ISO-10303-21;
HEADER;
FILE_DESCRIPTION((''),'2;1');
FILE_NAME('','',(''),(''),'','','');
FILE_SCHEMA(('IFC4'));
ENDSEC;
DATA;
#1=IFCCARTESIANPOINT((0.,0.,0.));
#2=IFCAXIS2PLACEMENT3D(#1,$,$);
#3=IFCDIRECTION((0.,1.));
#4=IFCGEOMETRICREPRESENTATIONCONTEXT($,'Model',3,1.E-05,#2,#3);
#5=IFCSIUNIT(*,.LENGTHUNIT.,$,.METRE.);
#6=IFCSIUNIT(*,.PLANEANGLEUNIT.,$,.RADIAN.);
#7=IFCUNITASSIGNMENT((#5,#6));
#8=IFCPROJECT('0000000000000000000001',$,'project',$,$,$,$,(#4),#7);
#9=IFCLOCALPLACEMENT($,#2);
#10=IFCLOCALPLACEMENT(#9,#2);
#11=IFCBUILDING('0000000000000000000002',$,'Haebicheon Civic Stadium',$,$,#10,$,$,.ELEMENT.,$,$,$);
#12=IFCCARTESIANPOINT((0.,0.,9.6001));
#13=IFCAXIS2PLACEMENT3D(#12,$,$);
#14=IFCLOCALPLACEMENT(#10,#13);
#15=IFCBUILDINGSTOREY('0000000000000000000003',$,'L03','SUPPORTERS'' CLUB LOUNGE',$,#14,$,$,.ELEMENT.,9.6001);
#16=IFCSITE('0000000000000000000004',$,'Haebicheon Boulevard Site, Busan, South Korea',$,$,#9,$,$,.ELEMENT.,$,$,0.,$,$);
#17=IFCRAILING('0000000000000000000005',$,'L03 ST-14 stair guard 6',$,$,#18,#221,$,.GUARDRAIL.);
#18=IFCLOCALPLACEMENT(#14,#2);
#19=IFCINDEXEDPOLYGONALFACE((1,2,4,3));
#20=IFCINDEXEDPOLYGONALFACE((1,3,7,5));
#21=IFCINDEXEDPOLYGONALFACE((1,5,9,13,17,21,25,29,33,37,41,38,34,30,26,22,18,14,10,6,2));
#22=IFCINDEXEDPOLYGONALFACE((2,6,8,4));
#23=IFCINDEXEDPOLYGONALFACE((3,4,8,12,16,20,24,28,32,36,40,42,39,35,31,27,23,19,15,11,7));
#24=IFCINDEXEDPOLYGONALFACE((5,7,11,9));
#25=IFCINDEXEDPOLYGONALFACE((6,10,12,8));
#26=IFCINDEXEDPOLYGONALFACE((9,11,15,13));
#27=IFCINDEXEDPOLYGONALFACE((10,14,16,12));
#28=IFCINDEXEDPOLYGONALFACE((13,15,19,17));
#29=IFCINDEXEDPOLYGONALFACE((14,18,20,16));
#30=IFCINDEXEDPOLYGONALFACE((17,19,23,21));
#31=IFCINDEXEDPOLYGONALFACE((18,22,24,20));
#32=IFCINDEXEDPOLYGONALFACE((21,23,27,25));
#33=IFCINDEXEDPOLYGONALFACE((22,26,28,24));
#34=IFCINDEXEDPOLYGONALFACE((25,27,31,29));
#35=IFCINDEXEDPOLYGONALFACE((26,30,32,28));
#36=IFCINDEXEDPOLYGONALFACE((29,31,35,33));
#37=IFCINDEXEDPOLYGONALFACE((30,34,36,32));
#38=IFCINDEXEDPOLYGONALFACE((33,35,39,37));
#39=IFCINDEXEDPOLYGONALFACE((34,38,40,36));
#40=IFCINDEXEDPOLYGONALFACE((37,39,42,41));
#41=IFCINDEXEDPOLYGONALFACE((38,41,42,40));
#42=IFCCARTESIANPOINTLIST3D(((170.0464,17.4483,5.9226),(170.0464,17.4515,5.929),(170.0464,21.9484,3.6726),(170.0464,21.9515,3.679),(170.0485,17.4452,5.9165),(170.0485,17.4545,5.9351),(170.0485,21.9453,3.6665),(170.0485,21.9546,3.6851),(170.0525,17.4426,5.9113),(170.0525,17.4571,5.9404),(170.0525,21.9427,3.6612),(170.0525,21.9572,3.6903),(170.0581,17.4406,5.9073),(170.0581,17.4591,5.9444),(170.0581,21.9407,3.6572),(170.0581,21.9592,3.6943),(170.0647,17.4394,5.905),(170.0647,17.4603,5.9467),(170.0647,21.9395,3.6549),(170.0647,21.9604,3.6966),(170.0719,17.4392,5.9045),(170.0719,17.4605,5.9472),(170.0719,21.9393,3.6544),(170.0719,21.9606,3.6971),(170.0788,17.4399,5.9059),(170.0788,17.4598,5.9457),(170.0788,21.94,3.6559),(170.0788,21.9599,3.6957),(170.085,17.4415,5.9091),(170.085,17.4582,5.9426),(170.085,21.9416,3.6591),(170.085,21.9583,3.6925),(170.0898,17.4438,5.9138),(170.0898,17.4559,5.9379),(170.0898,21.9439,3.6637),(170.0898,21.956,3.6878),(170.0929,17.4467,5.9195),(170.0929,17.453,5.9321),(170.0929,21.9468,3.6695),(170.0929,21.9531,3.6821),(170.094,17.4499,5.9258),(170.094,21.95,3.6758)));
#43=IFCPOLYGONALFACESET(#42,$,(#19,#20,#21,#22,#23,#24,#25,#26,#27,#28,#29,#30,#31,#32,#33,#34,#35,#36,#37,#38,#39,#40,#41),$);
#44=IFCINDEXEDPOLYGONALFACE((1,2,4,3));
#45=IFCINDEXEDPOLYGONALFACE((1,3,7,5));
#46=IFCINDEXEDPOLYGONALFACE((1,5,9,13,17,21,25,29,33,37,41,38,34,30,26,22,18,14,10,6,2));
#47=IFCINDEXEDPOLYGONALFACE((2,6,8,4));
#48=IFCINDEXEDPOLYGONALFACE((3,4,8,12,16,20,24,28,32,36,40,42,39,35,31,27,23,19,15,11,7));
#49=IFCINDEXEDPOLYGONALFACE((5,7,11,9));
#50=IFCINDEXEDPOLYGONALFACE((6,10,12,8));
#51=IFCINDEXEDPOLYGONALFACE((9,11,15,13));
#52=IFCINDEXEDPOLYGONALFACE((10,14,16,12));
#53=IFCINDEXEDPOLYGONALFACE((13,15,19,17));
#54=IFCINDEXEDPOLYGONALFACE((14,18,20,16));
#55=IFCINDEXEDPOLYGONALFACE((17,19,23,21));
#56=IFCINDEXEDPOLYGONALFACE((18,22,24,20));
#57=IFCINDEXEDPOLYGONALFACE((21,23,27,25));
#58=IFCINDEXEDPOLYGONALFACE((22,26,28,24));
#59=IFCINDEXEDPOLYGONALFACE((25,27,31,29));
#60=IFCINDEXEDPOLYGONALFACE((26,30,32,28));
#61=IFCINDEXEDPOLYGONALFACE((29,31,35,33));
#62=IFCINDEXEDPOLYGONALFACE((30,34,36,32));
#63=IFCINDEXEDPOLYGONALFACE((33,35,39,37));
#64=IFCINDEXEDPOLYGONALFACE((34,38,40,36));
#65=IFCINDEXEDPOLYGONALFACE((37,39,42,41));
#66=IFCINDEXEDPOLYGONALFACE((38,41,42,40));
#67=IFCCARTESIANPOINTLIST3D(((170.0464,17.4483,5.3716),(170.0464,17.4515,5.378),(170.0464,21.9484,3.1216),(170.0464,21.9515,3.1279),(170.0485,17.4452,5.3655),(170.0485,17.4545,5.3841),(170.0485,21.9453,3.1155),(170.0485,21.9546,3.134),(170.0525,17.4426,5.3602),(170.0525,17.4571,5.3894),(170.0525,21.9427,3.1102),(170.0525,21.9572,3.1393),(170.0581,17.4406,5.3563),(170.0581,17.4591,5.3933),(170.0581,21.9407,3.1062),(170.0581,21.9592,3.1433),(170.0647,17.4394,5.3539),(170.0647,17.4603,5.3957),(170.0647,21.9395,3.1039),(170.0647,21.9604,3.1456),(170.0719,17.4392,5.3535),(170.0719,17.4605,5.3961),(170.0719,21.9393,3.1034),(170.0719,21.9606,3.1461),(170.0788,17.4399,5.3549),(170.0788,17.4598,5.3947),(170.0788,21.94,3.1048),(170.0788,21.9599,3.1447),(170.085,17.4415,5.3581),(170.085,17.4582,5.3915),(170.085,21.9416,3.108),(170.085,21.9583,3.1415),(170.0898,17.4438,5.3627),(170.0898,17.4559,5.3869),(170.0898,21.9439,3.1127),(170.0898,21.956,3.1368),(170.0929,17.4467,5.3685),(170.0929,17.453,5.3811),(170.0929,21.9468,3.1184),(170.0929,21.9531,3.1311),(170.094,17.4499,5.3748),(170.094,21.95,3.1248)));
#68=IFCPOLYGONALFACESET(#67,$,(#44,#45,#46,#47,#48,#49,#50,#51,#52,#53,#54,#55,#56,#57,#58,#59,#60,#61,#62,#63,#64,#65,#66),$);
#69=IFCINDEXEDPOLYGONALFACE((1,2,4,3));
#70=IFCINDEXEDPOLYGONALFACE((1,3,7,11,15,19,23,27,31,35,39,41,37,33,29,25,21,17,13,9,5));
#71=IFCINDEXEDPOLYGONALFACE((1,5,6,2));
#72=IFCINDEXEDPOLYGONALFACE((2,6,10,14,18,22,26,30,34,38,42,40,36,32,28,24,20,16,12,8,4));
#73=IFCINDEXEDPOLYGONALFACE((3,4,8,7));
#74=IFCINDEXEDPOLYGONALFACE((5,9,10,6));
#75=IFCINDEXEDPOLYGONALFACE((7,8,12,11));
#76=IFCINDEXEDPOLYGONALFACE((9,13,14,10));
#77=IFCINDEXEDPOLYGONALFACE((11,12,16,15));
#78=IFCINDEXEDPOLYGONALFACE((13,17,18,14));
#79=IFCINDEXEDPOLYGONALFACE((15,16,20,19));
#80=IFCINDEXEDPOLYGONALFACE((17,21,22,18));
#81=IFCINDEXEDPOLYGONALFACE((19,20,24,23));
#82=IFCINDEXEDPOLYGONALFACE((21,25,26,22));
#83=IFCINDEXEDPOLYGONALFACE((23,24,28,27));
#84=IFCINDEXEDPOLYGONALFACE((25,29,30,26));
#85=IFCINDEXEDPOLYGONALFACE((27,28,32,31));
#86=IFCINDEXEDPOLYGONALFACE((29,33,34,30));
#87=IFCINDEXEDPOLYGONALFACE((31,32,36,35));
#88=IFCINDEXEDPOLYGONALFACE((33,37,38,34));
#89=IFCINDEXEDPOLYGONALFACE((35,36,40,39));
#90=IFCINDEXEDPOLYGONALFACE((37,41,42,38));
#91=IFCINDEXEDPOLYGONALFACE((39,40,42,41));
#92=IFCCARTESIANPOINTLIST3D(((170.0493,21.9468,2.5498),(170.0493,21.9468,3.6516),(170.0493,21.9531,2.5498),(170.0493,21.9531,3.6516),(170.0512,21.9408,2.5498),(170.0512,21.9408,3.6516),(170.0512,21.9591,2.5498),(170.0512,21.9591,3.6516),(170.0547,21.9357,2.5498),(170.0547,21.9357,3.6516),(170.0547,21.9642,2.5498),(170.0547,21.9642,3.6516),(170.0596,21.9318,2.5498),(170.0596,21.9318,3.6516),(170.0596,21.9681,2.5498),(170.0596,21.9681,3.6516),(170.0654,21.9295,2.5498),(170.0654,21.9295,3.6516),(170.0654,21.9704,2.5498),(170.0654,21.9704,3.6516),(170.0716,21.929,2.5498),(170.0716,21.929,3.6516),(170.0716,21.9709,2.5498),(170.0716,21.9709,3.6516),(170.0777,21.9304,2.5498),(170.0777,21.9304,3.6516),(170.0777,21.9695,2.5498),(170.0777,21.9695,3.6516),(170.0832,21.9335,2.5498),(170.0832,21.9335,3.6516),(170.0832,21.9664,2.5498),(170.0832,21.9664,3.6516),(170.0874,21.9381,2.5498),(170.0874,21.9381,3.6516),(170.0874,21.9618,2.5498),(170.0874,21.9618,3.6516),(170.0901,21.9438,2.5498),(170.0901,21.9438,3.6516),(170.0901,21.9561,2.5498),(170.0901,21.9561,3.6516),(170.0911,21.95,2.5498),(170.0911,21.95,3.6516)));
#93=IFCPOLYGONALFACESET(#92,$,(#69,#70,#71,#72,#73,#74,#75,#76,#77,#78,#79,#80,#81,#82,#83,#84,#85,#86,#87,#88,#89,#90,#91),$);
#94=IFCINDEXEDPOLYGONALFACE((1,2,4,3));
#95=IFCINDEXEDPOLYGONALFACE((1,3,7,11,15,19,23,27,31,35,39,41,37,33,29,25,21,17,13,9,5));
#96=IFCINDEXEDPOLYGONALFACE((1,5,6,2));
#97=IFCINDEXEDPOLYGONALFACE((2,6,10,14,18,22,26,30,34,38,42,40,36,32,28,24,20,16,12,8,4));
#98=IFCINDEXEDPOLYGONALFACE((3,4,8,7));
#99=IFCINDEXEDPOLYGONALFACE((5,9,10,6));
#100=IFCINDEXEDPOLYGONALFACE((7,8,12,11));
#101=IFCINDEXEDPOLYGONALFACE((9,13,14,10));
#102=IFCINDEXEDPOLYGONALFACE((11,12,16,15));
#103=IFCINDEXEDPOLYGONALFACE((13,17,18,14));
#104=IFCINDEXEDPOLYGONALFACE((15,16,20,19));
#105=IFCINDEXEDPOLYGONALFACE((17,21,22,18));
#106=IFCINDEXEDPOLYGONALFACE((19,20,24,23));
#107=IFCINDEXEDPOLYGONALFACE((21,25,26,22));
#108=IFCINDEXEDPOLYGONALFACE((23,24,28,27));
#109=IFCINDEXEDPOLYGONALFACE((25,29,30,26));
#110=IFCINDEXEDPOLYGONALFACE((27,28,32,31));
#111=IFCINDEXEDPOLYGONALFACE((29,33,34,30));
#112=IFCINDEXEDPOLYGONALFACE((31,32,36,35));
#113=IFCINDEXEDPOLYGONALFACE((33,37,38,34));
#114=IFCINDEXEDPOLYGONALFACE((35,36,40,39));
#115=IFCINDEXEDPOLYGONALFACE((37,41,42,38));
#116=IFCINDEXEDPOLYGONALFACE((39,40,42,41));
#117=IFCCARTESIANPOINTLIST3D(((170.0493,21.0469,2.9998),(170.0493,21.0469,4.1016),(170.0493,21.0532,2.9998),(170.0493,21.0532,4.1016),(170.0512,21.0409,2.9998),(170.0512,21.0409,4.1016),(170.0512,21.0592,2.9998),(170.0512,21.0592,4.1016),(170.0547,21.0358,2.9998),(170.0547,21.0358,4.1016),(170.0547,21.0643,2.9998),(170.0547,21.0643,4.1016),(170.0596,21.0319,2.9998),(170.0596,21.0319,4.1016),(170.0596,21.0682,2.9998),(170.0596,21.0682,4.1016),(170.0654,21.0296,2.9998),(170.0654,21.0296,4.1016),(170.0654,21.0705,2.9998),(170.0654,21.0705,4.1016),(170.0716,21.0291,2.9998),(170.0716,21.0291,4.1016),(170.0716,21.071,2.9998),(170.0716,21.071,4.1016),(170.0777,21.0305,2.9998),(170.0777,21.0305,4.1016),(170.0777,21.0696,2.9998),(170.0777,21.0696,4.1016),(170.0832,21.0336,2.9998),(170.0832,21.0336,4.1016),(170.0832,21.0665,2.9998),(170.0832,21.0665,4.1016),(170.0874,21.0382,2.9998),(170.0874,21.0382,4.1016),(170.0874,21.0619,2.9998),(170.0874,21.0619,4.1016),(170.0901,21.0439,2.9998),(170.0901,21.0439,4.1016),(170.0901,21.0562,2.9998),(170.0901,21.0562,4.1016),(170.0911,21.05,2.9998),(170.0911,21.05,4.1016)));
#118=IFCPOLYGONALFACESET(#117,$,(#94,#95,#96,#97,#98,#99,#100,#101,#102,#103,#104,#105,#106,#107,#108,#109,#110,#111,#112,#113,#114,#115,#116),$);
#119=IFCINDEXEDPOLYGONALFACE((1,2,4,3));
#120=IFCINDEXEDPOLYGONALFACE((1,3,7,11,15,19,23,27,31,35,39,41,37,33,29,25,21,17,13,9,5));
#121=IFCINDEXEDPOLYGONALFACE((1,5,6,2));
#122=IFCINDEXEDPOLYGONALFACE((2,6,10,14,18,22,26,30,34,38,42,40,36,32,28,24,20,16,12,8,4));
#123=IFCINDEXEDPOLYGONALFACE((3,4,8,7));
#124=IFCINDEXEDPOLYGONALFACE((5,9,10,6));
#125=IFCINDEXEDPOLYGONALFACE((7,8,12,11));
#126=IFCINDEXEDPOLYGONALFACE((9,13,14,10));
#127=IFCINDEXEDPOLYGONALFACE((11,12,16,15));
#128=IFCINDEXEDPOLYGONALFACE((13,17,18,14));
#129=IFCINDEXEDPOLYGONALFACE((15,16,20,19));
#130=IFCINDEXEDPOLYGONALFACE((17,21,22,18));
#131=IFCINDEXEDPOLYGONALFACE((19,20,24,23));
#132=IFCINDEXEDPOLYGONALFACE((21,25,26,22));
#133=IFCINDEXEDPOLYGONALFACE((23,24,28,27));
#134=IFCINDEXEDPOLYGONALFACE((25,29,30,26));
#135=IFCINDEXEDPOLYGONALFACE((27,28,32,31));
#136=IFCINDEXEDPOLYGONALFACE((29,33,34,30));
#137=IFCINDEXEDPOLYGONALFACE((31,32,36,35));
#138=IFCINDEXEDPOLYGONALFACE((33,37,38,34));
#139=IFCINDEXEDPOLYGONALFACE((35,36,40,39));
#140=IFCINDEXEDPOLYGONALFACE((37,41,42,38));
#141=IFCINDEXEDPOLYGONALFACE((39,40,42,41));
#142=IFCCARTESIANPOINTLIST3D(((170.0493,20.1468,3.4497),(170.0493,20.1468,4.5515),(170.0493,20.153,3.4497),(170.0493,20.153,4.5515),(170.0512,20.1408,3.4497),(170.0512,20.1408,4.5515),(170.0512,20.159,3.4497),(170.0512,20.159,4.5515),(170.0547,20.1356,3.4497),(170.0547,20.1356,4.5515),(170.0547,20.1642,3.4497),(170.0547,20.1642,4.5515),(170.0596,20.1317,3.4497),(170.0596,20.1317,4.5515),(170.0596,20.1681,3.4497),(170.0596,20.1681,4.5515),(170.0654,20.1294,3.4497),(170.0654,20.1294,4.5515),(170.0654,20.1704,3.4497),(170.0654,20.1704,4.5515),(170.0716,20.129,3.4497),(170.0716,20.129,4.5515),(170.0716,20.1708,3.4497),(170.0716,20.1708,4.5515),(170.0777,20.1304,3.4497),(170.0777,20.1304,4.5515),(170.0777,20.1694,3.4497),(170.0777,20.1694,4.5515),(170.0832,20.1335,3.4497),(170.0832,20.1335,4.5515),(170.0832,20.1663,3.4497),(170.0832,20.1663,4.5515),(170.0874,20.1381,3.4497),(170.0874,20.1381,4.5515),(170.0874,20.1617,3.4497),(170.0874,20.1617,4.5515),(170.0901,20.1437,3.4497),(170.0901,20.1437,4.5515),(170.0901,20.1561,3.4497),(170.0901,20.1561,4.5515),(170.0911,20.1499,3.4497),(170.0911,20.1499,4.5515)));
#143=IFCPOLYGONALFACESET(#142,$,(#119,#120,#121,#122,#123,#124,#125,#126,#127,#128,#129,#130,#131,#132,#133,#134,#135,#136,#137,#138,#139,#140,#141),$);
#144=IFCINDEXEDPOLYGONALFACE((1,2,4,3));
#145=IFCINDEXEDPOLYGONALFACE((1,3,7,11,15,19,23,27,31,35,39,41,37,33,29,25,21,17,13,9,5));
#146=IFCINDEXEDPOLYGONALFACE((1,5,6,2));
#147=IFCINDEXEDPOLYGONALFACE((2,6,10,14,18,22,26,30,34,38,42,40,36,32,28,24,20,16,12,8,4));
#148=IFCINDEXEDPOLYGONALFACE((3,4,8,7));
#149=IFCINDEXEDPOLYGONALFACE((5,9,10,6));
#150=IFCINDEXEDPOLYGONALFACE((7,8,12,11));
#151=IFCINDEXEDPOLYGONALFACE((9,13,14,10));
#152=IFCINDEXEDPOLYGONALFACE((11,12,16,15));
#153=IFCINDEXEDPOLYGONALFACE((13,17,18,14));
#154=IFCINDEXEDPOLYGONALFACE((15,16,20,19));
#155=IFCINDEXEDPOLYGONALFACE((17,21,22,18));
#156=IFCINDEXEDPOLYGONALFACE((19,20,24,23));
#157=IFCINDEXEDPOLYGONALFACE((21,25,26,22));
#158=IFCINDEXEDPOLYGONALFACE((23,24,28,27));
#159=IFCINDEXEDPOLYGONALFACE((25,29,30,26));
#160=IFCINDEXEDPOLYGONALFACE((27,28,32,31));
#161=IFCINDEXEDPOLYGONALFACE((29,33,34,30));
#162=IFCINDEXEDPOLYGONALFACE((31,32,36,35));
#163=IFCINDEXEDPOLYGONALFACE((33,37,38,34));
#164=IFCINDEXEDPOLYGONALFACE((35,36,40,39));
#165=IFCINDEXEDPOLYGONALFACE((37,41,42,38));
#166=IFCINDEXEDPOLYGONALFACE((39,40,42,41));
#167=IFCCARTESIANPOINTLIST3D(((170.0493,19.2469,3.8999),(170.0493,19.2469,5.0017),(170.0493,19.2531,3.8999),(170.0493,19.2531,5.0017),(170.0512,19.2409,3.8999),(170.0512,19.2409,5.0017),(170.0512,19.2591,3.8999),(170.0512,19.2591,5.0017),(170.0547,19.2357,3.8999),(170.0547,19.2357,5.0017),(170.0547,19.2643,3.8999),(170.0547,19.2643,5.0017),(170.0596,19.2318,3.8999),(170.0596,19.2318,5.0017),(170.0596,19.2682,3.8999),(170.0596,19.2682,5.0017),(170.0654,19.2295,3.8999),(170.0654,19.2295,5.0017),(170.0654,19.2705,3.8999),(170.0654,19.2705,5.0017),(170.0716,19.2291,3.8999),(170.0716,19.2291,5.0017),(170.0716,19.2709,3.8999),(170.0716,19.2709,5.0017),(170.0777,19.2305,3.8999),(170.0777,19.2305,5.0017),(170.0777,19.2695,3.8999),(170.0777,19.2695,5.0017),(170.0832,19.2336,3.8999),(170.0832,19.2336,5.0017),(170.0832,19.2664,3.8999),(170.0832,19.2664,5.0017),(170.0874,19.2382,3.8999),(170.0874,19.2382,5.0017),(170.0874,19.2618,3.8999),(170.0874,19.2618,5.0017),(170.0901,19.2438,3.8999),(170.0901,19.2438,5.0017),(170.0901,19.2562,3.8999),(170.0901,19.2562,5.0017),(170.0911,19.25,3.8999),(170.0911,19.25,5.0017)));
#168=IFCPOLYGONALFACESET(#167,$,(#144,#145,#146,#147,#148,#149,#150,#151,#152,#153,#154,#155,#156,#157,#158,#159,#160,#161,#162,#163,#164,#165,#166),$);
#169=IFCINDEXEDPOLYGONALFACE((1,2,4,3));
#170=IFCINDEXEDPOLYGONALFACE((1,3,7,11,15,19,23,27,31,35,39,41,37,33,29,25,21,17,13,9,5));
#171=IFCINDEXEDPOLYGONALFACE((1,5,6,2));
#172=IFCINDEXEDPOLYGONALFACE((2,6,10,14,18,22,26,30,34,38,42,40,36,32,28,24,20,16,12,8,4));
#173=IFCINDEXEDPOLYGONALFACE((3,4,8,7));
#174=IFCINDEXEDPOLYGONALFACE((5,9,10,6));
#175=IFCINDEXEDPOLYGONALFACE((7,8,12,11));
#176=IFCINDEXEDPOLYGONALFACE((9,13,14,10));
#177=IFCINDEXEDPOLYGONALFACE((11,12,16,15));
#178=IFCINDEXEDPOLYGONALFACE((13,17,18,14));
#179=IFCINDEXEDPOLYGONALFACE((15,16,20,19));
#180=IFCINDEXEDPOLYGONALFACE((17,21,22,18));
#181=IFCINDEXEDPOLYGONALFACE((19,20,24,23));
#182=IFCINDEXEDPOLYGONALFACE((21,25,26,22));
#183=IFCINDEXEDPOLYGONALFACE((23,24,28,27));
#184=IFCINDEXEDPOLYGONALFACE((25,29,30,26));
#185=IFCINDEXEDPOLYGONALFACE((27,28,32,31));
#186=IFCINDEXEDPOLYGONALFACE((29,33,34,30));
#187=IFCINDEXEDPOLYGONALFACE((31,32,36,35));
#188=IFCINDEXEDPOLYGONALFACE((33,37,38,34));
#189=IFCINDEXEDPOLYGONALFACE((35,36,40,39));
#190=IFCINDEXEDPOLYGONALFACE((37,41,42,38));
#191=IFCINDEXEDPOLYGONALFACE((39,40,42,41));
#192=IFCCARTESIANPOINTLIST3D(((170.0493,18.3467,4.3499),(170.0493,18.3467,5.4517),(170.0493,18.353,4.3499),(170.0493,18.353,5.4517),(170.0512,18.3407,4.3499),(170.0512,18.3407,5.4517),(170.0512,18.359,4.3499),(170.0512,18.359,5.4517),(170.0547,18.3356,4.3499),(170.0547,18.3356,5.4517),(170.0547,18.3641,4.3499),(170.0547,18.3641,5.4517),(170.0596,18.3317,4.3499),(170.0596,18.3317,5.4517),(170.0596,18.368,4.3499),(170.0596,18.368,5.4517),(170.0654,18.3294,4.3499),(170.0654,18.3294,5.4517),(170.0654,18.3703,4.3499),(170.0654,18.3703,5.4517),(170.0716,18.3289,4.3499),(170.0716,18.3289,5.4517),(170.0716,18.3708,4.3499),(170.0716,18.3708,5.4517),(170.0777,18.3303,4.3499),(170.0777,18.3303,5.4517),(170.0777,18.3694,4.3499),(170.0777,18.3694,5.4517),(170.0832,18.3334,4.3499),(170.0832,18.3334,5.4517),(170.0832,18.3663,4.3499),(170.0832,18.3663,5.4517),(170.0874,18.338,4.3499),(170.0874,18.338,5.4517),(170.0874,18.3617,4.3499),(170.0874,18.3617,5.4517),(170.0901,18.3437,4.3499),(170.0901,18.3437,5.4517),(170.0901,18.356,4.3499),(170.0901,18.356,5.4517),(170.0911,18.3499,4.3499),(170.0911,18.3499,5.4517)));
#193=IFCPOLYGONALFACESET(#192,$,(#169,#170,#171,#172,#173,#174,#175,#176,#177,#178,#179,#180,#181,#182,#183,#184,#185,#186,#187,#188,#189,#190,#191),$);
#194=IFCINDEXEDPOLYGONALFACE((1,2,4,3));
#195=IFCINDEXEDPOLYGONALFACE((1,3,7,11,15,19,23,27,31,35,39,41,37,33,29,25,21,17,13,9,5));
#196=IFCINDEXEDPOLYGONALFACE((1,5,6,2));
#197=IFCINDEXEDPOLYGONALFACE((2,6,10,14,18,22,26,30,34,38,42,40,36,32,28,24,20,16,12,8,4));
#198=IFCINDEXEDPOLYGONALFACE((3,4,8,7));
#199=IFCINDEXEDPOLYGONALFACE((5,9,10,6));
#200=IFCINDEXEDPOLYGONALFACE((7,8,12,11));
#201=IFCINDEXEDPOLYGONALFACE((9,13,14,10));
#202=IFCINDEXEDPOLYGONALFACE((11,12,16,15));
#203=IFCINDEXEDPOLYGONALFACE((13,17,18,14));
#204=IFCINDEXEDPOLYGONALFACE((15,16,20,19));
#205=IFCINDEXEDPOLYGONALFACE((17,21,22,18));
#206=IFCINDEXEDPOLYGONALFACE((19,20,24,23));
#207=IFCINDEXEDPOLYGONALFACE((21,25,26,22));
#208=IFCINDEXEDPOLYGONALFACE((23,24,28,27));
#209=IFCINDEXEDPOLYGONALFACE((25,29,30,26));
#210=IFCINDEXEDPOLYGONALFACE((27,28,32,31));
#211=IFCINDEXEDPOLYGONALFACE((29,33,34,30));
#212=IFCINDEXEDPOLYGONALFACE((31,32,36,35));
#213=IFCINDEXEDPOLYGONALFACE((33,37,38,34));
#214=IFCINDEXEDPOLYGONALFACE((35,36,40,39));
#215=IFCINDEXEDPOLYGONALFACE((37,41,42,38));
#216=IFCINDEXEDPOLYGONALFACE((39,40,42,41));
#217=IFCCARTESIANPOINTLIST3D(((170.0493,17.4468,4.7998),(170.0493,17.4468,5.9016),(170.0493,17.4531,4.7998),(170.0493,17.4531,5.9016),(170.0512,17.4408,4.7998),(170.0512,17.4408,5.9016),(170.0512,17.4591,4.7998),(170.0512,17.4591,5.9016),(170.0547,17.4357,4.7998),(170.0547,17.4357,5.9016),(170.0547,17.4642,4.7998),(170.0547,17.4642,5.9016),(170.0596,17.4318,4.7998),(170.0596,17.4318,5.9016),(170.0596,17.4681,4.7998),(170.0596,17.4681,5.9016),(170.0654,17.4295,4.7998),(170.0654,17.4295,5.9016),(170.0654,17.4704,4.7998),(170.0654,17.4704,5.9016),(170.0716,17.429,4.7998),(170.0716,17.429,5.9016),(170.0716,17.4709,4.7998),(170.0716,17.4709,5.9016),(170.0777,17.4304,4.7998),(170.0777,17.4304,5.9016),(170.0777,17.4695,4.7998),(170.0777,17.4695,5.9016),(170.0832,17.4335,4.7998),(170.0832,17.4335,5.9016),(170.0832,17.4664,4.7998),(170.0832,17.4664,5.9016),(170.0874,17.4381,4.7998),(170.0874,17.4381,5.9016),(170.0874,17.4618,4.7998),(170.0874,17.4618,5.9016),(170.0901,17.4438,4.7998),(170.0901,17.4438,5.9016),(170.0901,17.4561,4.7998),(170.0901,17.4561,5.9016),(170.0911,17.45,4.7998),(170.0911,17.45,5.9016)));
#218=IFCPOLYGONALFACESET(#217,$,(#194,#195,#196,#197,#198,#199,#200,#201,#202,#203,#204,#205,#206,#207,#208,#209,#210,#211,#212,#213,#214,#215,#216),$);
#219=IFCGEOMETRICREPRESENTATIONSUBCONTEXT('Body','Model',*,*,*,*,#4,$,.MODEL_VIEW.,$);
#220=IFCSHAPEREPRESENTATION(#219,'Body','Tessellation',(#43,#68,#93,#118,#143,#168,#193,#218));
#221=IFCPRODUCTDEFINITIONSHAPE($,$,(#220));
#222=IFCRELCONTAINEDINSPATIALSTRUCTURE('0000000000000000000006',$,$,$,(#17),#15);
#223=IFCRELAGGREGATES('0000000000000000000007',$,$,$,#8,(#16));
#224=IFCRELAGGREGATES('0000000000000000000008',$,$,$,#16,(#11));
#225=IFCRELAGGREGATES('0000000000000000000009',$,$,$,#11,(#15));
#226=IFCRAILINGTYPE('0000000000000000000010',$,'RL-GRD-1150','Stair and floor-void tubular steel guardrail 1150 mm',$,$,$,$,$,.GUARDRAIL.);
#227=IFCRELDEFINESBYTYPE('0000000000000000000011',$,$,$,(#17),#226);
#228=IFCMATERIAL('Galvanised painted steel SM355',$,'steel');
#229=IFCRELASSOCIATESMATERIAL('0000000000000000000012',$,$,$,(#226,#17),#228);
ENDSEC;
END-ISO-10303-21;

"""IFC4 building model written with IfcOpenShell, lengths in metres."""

from ifc_helpers import new_model, si_unit, direction, frame, origin, origin_2d, place, context, subcontext, project, spatial, circle, extrude, material, type_object, element, save


model = new_model("IFC4")

# Units and contexts
model_context = context("Model", 3, precision=1e-05, world=origin(), true_north=direction((0.0, 1.0)))
body_context = subcontext(model_context, "Body", "Model", "MODEL_VIEW")
ifc_project = project(units=[si_unit("LENGTHUNIT", "METRE"), si_unit("PLANEANGLEUNIT", "RADIAN")], contexts=[model_context])

# Site, building, storey
site_placement = place(None, origin())
site = spatial("IfcSite", under=ifc_project, at=site_placement, Name="Haebicheon Boulevard Site, Busan, South Korea", CompositionType="ELEMENT", RefElevation=0.0)
building_placement = place(site_placement, origin())
building = spatial("IfcBuilding", under=site, at=building_placement, Name="Haebicheon Civic Stadium", CompositionType="ELEMENT")
storey_placement = place(building_placement, frame((0.0, 0.0, 9.6001)))
storey = spatial("IfcBuildingStorey", under=building, at=storey_placement, Name="L03", Description="SUPPORTERS' CLUB LOUNGE", CompositionType="ELEMENT", Elevation=9.6001)

# Railing
ifc_material_1 = material(Name="Galvanised painted steel SM355", Category="steel")
railing_type_1 = type_object("IfcRailingType", Name="RL-GRD-1150", Description="Stair and floor-void tubular steel guardrail 1150 mm", PredefinedType="GUARDRAIL", material=ifc_material_1)
railing_1_placement = place(storey_placement, frame((170.0701, 21.95, 2.5498)))
element("IfcRailing", 1, at=railing_1_placement, inside=storey, type_object=railing_type_1, material=ifc_material_1, Name="L03 ST-14 stair guard 6", PredefinedType="GUARDRAIL", context=body_context, shape_type="SweptSolid", body=[
    extrude(circle(Radius=0.0239, at=origin_2d()), frame((0.0, 0.0, 1.126), z_axis=(0.0, -0.894427, 0.447214), x_axis=(1.0, 0.0, 0.0)), (0.0, 0.0, 1.0), 5.0312),
    extrude(circle(Radius=0.0239, at=origin_2d()), frame((0.0, 0.0, 0.575), z_axis=(0.0, -0.894427, 0.447214), x_axis=(1.0, 0.0, 0.0)), (0.0, 0.0, 1.0), 5.0312),
    extrude(circle(Radius=0.021, at=origin_2d()), origin(), (0.0, 0.0, 1.0), 1.1018),
    extrude(circle(Radius=0.021, at=origin_2d()), frame((0.0, -0.8999, 0.45)), (0.0, 0.0, 1.0), 1.1018),
    extrude(circle(Radius=0.021, at=origin_2d()), frame((0.0, -1.8, 0.8999)), (0.0, 0.0, 1.0), 1.1018),
    extrude(circle(Radius=0.021, at=origin_2d()), frame((0.0, -2.7, 1.3501)), (0.0, 0.0, 1.0), 1.1018),
    extrude(circle(Radius=0.021, at=origin_2d()), frame((0.0, -3.6001, 1.8)), (0.0, 0.0, 1.0), 1.1018),
    extrude(circle(Radius=0.021, at=origin_2d()), frame((0.0, -4.5, 2.25)), (0.0, 0.0, 1.0), 1.1018),
])

save(model, "model.ifc")
